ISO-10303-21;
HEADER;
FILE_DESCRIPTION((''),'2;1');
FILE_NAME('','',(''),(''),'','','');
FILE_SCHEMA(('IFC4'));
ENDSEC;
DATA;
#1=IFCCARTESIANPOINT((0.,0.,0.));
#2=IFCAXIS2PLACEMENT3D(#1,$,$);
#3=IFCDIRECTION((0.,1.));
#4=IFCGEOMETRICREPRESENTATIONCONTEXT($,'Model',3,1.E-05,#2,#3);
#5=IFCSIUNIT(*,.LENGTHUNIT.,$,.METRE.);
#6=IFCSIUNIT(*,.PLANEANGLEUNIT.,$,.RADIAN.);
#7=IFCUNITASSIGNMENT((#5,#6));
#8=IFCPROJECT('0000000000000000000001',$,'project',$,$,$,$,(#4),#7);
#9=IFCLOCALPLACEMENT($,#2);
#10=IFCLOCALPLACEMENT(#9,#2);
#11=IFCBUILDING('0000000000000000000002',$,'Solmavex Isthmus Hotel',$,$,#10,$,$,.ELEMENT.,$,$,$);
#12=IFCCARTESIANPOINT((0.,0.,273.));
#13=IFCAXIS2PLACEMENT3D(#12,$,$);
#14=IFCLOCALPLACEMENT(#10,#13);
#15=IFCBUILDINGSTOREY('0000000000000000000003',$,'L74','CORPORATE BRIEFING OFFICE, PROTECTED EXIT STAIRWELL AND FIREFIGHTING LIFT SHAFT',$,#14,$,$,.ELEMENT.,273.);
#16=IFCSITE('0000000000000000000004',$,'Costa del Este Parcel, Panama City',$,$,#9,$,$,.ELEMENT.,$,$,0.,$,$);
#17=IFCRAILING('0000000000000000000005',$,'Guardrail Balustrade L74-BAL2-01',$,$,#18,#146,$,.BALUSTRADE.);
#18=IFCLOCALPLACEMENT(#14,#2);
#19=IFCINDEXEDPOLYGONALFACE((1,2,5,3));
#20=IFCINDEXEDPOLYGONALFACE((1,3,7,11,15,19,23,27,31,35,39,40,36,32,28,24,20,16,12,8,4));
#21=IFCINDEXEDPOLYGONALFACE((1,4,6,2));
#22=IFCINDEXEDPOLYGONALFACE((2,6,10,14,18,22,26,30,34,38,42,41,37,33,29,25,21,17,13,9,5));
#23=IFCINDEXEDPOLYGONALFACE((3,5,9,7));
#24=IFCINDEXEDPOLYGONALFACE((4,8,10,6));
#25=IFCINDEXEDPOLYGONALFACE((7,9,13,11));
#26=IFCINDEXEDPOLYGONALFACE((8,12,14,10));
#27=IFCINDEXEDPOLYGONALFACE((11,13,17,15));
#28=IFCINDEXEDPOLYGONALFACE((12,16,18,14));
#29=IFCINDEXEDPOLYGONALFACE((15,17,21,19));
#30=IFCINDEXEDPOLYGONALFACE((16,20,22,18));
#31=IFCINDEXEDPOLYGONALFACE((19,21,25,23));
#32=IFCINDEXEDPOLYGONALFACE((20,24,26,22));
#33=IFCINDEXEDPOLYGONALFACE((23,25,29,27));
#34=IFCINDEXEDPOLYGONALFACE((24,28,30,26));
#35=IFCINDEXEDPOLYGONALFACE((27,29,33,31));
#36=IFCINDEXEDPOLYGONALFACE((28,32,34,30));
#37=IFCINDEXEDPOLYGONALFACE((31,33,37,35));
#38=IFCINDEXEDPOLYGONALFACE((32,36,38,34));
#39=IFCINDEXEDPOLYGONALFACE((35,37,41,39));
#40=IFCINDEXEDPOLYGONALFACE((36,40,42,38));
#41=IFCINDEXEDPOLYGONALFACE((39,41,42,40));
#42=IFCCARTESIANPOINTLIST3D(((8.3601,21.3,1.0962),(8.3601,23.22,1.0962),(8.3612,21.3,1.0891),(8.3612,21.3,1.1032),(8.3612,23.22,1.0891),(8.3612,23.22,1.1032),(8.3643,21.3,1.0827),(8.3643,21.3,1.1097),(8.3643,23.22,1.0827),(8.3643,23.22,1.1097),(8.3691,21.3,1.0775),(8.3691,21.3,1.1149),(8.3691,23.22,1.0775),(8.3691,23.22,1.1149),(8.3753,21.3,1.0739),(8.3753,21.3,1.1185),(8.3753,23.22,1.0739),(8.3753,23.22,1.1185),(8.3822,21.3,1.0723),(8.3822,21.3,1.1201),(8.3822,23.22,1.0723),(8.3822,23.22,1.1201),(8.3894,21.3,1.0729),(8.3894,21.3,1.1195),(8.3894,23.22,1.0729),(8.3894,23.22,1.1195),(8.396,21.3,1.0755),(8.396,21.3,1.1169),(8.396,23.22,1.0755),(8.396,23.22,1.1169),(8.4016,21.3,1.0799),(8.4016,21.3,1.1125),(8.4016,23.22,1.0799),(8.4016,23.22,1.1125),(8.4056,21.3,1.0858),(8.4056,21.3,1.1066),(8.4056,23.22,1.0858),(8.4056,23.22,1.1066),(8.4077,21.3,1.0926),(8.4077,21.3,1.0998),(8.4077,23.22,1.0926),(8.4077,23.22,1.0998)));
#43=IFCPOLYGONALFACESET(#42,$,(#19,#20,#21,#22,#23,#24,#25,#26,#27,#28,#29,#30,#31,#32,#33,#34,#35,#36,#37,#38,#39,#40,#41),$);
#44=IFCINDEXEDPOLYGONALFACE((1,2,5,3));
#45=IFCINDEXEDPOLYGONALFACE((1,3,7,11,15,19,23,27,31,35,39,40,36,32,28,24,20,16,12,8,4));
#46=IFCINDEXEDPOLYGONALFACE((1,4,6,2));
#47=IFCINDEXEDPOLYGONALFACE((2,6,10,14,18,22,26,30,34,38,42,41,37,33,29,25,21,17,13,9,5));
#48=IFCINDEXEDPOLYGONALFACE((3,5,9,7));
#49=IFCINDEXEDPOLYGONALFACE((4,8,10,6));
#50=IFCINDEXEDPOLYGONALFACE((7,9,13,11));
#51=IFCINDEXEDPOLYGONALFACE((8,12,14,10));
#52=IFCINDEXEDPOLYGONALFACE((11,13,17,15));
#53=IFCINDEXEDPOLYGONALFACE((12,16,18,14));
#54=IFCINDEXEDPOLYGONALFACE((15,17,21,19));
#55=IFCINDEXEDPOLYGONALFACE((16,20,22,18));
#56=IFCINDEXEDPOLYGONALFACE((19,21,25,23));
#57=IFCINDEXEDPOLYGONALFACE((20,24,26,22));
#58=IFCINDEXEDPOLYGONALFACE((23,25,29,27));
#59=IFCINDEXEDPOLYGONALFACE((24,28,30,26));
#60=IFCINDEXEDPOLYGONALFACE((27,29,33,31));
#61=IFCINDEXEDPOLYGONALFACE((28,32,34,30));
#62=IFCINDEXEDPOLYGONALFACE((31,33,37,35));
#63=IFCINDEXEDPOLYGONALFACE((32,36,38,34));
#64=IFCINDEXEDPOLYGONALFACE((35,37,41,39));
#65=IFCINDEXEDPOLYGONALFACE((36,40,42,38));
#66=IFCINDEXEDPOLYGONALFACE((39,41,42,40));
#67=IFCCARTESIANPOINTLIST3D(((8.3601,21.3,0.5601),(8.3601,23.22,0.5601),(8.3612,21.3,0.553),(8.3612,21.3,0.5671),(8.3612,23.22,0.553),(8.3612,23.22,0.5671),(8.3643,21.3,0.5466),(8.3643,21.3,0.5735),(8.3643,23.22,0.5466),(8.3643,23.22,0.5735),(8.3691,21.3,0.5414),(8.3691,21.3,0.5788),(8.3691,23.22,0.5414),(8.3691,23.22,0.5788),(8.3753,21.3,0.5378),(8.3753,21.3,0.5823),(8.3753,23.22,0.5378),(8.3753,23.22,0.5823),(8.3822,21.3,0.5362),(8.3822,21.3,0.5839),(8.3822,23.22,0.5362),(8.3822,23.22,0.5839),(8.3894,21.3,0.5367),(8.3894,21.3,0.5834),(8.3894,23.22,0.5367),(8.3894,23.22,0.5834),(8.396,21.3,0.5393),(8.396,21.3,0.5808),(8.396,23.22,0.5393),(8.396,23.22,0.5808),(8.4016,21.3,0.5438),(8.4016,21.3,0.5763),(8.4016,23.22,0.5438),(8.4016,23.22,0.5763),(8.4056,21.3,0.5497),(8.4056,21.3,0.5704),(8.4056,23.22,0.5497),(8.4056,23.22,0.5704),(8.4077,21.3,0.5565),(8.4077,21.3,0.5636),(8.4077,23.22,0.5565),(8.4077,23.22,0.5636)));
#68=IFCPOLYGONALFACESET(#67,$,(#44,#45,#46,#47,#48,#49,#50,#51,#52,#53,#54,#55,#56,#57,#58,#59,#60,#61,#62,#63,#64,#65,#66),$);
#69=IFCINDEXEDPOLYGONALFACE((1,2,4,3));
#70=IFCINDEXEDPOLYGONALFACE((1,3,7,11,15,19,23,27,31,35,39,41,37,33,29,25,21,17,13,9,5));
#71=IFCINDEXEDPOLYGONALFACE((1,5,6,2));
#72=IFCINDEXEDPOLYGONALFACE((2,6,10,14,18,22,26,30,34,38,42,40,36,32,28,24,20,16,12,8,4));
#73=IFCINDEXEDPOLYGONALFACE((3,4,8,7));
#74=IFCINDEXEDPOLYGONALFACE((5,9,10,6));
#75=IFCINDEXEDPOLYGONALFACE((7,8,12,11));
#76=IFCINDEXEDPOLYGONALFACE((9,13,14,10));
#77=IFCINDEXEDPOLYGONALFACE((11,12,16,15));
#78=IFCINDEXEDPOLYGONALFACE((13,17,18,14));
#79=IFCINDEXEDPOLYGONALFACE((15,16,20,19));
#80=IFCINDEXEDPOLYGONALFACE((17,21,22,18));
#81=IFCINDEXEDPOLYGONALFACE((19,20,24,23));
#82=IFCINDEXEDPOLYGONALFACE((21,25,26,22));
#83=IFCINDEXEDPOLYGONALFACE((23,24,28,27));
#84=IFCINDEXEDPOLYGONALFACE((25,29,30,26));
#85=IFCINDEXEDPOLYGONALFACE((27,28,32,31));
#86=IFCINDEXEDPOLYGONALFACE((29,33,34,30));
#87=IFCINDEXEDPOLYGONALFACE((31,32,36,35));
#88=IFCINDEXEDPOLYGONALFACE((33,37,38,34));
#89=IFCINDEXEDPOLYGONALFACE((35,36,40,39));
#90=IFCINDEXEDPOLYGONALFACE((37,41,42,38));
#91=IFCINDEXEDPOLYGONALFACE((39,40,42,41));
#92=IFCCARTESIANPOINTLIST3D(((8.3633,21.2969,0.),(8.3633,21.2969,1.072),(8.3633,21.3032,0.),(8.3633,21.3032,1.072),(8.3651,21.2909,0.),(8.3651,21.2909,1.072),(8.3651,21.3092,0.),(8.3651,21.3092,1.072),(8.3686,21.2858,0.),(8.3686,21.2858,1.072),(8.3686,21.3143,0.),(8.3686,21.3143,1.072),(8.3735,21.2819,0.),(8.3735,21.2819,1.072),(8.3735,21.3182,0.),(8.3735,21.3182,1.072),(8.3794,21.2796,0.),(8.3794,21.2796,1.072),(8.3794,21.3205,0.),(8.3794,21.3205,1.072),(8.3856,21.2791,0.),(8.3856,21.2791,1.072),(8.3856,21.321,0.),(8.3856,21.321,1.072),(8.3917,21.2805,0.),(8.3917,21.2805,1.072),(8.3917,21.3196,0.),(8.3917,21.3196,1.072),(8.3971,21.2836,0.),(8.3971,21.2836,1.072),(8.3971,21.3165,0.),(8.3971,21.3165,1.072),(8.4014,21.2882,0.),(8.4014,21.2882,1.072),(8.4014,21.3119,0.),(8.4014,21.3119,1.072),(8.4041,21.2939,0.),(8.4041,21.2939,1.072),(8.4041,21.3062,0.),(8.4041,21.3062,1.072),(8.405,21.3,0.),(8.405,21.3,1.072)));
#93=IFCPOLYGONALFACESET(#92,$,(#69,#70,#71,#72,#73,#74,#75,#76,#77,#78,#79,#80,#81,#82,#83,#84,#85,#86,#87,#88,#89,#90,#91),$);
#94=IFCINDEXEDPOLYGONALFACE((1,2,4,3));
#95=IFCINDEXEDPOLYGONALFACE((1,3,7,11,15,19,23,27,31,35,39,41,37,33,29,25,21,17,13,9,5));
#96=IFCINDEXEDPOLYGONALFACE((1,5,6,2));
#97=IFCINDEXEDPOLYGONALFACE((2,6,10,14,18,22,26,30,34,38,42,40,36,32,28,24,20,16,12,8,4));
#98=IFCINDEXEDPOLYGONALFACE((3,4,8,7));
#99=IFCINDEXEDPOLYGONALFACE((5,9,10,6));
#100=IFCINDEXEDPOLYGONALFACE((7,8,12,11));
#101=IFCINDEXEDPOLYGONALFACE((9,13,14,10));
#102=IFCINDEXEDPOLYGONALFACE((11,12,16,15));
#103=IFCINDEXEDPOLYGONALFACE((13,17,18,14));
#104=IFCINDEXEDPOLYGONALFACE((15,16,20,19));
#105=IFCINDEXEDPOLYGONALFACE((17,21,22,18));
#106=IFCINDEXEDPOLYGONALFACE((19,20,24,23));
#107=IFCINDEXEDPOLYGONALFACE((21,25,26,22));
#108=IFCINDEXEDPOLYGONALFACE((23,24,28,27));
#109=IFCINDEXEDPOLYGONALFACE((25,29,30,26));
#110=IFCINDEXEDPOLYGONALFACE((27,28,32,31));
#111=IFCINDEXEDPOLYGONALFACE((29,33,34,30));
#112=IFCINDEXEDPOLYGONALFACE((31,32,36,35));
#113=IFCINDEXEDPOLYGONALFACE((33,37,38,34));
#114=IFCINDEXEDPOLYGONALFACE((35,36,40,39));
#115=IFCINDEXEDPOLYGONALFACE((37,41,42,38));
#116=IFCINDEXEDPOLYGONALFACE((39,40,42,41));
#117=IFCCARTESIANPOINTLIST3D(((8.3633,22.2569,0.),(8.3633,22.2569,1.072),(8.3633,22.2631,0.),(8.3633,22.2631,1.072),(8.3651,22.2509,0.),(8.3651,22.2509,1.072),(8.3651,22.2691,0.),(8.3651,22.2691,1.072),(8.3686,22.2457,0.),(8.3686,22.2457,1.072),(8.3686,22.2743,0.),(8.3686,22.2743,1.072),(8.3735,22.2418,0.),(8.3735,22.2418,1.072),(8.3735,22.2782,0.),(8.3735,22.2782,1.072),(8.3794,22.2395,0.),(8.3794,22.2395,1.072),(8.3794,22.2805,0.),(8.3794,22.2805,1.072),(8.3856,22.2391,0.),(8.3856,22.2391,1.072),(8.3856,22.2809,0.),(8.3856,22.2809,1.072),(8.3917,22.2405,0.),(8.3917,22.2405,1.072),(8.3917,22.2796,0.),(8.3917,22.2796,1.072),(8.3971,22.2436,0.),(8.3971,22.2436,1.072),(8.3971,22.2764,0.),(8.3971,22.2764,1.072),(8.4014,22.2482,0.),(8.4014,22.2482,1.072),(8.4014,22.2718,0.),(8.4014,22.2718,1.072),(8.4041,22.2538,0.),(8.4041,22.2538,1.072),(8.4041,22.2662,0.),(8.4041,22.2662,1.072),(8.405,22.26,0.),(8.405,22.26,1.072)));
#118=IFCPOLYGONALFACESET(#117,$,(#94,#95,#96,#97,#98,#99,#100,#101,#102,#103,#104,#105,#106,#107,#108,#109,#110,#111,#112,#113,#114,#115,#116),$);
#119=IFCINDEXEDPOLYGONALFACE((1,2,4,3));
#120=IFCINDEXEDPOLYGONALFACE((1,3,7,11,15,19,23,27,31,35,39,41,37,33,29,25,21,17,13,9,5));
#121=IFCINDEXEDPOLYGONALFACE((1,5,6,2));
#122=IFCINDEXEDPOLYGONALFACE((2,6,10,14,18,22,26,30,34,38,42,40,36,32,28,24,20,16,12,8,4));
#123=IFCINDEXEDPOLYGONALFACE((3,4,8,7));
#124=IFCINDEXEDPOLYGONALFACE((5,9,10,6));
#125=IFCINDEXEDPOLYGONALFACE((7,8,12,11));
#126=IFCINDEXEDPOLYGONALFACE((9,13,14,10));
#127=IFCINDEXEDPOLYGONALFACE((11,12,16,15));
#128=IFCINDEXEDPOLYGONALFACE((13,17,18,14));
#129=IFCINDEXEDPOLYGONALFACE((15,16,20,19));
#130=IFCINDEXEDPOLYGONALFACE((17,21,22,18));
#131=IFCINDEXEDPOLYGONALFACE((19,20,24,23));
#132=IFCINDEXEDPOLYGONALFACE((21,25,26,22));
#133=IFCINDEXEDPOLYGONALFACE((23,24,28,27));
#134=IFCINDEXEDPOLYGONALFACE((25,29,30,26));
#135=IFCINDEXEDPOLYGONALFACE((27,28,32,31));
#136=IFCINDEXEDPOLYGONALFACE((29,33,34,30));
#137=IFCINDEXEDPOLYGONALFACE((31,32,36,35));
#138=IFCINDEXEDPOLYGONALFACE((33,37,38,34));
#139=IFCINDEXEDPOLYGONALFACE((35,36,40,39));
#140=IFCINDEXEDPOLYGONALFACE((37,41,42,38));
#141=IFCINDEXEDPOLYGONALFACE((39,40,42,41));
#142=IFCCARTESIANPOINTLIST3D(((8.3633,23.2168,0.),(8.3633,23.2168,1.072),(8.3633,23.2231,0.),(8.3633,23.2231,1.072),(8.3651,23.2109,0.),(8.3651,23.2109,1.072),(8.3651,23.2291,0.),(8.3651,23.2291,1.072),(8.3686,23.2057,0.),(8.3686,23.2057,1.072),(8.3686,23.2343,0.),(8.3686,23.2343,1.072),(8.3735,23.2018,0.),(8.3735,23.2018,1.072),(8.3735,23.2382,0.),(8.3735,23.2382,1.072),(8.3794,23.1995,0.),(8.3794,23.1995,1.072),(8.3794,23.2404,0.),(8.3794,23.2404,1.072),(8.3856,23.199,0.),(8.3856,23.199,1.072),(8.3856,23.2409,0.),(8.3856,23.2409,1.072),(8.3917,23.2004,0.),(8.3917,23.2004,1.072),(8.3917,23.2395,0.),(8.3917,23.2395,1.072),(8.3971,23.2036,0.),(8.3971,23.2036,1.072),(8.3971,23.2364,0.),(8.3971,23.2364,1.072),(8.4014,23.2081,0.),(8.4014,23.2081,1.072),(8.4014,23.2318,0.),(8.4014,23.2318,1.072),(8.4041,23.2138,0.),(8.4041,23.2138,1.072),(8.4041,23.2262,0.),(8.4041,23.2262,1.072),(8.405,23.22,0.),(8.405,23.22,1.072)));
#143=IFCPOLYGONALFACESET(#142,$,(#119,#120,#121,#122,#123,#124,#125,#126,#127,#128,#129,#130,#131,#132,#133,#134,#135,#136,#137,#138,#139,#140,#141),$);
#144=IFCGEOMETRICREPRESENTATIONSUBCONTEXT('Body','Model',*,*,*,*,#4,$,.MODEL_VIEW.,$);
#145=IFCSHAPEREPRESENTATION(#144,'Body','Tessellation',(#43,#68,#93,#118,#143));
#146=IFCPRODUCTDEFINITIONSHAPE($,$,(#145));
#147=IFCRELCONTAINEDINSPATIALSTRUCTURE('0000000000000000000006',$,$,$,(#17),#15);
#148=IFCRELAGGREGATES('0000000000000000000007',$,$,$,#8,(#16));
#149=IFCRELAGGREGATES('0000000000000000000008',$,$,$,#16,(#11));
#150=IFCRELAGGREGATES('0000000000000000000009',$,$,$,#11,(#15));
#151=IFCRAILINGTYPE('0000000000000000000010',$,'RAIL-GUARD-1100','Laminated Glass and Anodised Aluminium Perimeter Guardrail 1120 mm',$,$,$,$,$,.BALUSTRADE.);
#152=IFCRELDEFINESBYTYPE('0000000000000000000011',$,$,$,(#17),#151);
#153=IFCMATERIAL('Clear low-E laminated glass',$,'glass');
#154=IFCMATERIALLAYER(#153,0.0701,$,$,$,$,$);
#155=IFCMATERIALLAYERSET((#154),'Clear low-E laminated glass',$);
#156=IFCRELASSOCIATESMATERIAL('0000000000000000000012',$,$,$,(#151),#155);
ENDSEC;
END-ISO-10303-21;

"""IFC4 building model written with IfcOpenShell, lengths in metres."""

from ifc_helpers import new_model, si_unit, direction, frame, origin, origin_2d, place, context, subcontext, project, spatial, circle, extrude, material, layer, layer_set, type_object, element, save


model = new_model("IFC4")

# Units and contexts
model_context = context("Model", 3, precision=1e-05, world=origin(), true_north=direction((0.0, 1.0)))
body_context = subcontext(model_context, "Body", "Model", "MODEL_VIEW")
ifc_project = project(units=[si_unit("LENGTHUNIT", "METRE"), si_unit("PLANEANGLEUNIT", "RADIAN")], contexts=[model_context])

# Site, building, storey
site_placement = place(None, origin())
site = spatial("IfcSite", under=ifc_project, at=site_placement, Name="Costa del Este Parcel, Panama City", CompositionType="ELEMENT", RefElevation=0.0)
building_placement = place(site_placement, origin())
building = spatial("IfcBuilding", under=site, at=building_placement, Name="Solmavex Isthmus Hotel", CompositionType="ELEMENT")
storey_placement = place(building_placement, frame((0.0, 0.0, 273.0)))
storey = spatial("IfcBuildingStorey", under=building, at=storey_placement, Name="L74", Description="CORPORATE BRIEFING OFFICE, PROTECTED EXIT STAIRWELL AND FIREFIGHTING LIFT SHAFT", CompositionType="ELEMENT", Elevation=273.0)

# Shared definitions
ifc_material_1 = material(Name="Clear low-E laminated glass", Category="glass")

# Railing
ifc_layer_1 = layer(ifc_material_1, 0.0701)
ifc_layer_set_1 = layer_set([ifc_layer_1], Name="Clear low-E laminated glass")
railing_type = type_object("IfcRailingType", Name="RAIL-GUARD-1100", Description="Laminated Glass and Anodised Aluminium Perimeter Guardrail 1120 mm", PredefinedType="BALUSTRADE", material=ifc_layer_set_1)
railing_1_placement = place(storey_placement, frame((8.384, 21.3, 0.0)))
element("IfcRailing", 1, at=railing_1_placement, inside=storey, type_object=railing_type, Name="Guardrail Balustrade L74-BAL2-01", PredefinedType="BALUSTRADE", context=body_context, shape_type="SweptSolid", body=[
    extrude(circle(Radius=0.0239, at=origin_2d()), frame((0.0, 0.0, 1.0962), z_axis=(0.0, 1.0, 0.0), x_axis=(-1.0, 0.0, 0.0)), (0.0, 0.0, 1.0), 1.9199),
    extrude(circle(Radius=0.0239, at=origin_2d()), frame((0.0, 0.0, 0.5601), z_axis=(0.0, 1.0, 0.0), x_axis=(-1.0, 0.0, 0.0)), (0.0, 0.0, 1.0), 1.9199),
    extrude(circle(Radius=0.021, at=origin_2d()), origin(), (0.0, 0.0, 1.0), 1.072),
    extrude(circle(Radius=0.021, at=origin_2d()), frame((0.0, 0.96, 0.0)), (0.0, 0.0, 1.0), 1.072),
    extrude(circle(Radius=0.021, at=origin_2d()), frame((0.0, 1.9199, 0.0)), (0.0, 0.0, 1.0), 1.072),
])

save(model, "model.ifc")
